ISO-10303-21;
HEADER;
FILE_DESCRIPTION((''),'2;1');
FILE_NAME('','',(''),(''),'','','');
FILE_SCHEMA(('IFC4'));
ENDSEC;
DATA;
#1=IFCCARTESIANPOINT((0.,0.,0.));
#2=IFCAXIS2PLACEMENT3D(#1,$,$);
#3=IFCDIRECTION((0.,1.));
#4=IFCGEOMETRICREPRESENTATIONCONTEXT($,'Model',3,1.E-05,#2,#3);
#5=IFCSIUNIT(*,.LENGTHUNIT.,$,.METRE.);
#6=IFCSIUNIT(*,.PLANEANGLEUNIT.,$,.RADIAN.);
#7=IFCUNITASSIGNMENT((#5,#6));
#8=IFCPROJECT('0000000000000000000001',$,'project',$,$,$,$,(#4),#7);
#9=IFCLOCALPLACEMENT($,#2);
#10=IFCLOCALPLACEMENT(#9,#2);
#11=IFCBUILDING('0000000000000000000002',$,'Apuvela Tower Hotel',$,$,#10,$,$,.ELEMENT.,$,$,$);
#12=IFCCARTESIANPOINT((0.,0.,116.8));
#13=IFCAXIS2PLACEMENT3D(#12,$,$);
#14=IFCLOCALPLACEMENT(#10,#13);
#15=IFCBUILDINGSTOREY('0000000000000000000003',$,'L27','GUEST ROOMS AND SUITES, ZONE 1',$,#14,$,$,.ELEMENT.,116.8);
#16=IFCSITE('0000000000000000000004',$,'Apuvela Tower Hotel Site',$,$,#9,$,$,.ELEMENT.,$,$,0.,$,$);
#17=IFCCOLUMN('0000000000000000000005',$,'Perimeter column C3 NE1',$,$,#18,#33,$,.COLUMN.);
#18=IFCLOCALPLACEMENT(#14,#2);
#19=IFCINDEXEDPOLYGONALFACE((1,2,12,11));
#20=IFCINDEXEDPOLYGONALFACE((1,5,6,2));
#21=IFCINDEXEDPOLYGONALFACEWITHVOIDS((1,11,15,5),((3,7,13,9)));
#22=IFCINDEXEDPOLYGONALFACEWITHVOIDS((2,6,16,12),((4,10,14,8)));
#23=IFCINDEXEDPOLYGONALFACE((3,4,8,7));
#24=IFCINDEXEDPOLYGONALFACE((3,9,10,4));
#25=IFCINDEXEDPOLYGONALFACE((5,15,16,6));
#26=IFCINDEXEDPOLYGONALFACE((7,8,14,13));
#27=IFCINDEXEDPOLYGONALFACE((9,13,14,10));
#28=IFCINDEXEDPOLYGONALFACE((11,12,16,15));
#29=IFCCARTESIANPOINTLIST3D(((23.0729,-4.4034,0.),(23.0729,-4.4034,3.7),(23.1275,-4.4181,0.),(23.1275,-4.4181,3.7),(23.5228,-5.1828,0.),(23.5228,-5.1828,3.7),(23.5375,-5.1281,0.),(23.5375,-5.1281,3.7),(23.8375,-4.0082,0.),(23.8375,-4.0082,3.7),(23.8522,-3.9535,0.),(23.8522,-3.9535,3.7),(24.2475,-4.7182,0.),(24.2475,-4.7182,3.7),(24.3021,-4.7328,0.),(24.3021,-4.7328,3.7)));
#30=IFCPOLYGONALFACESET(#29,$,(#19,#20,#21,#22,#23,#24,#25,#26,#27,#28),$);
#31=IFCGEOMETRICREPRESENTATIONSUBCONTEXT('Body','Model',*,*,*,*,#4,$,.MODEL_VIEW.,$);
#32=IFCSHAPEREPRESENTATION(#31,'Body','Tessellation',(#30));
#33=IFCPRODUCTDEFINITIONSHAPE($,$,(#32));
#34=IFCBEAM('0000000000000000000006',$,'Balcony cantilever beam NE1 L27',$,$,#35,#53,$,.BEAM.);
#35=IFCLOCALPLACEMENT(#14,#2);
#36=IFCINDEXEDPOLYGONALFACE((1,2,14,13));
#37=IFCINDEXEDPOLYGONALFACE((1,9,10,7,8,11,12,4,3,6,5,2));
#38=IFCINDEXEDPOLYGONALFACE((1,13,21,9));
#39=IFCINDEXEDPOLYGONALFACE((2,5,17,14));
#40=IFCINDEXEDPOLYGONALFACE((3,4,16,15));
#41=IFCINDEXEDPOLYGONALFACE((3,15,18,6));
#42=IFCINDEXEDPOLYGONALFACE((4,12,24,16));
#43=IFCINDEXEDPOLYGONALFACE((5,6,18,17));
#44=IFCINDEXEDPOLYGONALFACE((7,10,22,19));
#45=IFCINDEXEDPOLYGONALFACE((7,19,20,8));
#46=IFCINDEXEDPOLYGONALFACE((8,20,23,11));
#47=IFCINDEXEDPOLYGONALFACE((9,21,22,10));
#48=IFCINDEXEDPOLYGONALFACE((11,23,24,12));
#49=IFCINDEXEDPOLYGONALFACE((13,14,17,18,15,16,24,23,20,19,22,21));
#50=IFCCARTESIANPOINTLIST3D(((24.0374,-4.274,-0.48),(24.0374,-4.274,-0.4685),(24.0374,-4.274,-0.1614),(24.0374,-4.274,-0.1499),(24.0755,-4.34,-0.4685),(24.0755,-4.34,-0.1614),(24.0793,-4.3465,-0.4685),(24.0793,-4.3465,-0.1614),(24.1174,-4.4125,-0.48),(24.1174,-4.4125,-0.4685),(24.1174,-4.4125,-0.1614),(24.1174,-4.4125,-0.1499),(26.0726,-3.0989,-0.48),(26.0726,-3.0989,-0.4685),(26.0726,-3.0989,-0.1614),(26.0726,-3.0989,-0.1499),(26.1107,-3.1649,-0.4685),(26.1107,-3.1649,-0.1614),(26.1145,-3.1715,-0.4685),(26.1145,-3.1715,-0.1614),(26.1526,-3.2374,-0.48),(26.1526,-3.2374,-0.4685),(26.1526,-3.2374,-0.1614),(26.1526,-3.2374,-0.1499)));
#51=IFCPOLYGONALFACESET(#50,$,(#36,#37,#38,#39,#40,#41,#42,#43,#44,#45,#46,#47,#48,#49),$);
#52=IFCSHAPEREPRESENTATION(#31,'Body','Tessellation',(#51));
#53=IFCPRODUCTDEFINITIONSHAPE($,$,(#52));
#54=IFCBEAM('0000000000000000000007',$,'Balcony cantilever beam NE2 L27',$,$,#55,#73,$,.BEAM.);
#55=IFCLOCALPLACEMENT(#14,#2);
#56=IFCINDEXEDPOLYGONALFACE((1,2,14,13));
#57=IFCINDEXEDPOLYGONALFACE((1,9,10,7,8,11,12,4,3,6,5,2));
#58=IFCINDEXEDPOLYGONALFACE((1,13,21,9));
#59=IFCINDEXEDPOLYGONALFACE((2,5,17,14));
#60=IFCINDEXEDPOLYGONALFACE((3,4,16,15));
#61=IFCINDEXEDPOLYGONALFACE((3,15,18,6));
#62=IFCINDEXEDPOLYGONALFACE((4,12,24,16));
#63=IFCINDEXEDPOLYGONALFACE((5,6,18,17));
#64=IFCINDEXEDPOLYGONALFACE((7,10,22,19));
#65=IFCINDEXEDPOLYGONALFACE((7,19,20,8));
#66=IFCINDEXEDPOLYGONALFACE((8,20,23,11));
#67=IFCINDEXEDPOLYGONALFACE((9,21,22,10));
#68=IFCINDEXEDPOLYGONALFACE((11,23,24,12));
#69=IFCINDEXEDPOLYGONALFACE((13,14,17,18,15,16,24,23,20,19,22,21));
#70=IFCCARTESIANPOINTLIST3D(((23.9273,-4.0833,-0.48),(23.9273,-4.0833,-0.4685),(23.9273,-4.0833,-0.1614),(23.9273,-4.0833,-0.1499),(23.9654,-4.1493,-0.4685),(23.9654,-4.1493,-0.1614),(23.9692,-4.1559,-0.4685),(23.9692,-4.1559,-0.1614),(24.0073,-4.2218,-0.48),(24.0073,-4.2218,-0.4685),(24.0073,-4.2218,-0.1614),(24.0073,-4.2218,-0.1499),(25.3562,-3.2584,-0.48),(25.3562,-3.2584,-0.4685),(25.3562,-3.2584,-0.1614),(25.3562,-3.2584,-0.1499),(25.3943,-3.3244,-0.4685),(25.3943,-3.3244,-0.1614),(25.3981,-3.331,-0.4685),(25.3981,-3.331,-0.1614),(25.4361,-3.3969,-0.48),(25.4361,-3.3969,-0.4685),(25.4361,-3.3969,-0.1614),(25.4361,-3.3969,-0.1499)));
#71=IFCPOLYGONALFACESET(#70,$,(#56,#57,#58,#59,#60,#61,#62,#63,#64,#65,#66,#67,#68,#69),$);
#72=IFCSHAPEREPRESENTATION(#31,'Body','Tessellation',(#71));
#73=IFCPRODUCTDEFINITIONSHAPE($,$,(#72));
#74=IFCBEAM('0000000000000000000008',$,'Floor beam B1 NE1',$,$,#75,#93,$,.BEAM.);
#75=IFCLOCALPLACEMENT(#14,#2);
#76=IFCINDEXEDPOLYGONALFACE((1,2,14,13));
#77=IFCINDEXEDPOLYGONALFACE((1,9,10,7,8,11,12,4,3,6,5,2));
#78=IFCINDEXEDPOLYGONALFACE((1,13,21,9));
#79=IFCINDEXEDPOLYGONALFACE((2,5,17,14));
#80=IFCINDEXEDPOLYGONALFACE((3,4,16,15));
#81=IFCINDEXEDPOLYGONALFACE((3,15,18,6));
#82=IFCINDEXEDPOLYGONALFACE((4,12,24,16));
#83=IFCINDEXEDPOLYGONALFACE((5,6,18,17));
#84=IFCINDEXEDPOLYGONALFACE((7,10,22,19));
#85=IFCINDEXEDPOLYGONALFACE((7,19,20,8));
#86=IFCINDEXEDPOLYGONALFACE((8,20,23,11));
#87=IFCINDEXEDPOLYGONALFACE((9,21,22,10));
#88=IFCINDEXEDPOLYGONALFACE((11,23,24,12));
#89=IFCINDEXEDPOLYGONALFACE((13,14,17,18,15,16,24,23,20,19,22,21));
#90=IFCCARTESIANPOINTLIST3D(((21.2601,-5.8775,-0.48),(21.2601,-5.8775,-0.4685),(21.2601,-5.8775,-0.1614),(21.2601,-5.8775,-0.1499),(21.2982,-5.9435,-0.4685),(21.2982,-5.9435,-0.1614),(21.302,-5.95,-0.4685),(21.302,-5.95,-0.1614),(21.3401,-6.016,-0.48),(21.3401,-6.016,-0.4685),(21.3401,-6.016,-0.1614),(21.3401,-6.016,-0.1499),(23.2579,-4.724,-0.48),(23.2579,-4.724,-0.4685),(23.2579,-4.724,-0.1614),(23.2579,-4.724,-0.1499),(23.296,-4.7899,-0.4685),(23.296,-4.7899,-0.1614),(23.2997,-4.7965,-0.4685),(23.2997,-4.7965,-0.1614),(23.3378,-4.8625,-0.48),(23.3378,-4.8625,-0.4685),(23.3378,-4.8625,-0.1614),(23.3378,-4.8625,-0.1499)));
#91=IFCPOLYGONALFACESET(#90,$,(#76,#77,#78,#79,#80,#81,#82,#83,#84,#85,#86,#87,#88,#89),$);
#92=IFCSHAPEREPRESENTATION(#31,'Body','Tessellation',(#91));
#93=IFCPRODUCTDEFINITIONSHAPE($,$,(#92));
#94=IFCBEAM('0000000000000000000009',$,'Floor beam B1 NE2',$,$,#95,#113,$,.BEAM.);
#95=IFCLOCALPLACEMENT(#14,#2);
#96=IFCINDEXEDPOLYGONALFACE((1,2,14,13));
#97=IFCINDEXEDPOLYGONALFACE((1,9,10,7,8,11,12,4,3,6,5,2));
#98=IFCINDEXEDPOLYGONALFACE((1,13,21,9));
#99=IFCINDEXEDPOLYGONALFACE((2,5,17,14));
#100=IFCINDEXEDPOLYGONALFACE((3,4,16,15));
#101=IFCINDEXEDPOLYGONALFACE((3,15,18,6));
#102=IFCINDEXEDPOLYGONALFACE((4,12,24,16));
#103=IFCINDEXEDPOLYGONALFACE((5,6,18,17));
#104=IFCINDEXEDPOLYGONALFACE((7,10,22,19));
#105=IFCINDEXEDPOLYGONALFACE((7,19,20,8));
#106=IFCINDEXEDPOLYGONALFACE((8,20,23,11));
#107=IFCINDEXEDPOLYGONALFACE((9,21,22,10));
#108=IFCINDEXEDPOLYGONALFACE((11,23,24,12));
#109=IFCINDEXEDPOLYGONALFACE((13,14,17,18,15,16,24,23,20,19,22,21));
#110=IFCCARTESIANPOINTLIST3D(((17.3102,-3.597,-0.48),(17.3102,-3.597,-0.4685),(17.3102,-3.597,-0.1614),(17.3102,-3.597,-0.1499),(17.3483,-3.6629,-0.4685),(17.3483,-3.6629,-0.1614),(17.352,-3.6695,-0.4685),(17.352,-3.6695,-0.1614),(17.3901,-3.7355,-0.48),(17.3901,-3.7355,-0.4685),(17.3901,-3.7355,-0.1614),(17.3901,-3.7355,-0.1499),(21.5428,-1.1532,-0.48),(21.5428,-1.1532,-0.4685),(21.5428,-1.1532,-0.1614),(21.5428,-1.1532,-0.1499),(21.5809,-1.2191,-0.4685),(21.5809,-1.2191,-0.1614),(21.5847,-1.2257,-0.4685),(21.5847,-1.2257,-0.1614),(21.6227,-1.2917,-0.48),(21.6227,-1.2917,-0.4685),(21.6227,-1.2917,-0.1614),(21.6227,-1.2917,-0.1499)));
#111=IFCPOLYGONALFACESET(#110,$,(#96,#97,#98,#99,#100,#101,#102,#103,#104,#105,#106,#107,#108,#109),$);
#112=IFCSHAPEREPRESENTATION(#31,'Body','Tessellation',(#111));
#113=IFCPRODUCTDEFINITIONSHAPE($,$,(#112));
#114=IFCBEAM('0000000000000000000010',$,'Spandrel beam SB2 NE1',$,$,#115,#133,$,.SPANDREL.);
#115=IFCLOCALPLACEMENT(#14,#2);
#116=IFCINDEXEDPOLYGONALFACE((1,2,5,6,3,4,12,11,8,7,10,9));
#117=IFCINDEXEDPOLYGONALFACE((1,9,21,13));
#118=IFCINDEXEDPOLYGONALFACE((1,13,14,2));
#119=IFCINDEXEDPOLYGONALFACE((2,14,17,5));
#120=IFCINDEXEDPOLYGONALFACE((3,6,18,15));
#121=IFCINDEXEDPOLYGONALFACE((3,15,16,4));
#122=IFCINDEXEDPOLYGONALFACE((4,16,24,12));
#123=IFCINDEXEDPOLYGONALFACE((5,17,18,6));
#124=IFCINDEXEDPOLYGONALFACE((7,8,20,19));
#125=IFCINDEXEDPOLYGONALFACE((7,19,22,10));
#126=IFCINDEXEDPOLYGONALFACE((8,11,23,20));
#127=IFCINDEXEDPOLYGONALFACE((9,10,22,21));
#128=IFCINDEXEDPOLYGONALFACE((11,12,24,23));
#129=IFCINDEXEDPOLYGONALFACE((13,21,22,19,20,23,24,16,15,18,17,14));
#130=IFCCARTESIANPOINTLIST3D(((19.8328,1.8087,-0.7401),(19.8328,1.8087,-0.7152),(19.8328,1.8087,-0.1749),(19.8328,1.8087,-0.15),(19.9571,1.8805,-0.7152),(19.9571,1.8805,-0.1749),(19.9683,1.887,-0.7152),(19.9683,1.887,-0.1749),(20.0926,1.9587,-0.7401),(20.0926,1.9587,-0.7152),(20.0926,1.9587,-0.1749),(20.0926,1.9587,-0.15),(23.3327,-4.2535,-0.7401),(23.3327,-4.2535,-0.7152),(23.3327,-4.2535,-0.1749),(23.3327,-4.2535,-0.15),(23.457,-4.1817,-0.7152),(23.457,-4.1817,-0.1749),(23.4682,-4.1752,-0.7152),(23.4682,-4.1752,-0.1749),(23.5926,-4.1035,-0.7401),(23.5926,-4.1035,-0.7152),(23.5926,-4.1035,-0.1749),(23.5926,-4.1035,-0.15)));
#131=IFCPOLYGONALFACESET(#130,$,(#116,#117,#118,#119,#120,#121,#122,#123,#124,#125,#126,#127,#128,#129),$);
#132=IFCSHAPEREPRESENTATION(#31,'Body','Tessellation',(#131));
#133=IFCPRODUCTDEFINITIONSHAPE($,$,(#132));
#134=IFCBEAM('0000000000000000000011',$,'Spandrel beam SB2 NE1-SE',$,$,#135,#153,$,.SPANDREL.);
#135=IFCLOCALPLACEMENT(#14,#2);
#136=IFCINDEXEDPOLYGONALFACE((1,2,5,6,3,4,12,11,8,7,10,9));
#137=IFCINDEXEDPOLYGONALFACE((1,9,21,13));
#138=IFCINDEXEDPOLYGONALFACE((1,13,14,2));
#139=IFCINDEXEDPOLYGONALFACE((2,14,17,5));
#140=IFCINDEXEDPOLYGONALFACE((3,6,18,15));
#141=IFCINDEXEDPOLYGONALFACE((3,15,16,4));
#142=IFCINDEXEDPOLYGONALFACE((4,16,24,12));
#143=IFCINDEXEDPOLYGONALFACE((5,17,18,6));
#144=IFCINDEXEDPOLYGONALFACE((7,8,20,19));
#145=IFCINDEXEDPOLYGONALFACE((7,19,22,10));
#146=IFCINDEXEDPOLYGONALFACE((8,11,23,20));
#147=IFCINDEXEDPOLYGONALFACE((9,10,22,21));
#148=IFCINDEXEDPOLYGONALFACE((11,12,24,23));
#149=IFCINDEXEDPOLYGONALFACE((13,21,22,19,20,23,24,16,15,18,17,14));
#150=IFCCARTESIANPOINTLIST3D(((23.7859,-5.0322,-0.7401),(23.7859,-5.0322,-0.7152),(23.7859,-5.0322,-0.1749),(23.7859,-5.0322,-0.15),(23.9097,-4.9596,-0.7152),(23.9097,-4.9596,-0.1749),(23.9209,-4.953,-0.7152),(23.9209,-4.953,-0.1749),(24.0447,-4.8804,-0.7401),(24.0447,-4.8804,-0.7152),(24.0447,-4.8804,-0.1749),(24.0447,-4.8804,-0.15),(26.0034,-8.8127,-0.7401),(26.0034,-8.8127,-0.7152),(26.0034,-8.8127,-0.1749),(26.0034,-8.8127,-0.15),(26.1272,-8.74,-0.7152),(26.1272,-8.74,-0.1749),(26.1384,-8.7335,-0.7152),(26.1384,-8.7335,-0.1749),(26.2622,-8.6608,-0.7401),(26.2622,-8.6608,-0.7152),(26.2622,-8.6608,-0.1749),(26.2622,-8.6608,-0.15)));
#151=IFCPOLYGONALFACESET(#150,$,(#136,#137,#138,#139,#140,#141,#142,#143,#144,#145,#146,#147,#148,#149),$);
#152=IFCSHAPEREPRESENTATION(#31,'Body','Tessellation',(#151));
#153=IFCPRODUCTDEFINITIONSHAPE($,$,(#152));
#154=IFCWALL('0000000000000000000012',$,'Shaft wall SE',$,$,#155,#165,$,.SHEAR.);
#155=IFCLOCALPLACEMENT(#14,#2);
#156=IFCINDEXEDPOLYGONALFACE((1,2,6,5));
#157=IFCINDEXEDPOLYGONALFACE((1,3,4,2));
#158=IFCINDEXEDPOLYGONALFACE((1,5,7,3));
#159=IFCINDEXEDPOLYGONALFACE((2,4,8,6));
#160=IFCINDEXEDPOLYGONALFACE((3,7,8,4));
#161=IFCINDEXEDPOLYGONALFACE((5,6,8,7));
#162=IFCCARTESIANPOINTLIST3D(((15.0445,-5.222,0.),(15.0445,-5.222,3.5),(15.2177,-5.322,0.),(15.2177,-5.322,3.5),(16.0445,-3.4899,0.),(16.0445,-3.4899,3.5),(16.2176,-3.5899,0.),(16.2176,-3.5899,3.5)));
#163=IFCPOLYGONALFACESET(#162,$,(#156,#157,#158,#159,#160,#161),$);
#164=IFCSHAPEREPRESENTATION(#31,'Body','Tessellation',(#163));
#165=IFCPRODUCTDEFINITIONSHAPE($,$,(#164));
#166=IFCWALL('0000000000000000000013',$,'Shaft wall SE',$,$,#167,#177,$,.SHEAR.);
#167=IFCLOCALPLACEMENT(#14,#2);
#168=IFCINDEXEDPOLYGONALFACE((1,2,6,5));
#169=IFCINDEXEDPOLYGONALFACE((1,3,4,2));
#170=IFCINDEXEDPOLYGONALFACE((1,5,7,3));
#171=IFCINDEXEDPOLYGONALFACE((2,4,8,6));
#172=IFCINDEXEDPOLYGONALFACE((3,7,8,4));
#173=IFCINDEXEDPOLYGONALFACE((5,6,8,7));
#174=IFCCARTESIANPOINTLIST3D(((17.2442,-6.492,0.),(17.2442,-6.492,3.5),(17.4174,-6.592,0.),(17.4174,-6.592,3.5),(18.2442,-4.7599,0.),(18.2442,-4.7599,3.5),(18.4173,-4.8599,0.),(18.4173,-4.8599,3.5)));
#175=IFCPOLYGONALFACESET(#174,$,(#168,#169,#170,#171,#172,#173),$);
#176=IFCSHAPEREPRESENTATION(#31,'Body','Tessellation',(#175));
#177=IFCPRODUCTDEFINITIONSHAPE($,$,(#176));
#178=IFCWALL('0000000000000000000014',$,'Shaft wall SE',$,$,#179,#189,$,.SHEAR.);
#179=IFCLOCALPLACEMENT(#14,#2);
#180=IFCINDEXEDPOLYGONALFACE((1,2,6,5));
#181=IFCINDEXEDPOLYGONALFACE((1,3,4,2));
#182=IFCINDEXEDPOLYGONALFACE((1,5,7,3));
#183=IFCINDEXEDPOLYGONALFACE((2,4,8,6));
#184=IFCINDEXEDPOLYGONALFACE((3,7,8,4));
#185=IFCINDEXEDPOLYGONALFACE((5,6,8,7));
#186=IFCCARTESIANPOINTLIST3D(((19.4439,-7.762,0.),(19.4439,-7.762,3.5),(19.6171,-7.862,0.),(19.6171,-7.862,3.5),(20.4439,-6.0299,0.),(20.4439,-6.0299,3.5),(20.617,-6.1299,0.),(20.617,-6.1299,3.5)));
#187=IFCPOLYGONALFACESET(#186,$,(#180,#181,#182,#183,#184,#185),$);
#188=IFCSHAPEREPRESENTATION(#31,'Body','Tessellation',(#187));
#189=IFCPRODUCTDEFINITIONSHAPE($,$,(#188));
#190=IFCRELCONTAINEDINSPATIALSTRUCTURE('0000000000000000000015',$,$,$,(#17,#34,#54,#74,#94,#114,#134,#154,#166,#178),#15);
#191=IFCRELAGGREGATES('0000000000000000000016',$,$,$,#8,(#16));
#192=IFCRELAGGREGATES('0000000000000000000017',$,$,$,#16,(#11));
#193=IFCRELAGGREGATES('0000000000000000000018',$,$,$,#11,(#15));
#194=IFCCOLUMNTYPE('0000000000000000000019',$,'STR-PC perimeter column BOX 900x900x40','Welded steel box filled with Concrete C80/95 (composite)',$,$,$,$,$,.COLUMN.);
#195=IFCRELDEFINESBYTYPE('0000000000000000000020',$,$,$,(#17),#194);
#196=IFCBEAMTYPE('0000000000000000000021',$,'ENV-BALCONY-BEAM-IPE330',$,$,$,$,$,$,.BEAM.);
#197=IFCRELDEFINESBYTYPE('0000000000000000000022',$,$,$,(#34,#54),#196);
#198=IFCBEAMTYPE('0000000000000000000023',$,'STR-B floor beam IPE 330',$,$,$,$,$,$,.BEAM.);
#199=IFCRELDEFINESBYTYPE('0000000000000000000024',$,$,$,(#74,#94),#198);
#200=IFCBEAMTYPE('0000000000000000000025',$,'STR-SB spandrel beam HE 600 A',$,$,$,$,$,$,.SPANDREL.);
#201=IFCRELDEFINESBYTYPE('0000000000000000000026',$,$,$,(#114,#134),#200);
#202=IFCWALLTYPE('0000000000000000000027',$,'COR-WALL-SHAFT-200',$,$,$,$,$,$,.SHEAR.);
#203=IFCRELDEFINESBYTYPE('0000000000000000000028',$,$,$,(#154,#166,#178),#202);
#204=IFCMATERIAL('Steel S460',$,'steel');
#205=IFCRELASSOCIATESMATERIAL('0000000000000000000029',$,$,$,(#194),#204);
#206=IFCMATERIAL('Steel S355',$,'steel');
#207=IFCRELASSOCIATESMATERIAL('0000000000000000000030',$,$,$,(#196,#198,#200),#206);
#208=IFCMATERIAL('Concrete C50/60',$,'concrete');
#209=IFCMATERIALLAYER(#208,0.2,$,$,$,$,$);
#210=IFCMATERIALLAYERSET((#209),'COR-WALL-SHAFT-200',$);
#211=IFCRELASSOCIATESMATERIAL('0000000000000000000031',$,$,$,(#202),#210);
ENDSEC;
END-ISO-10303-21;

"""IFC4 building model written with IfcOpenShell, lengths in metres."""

from ifc_helpers import new_model, si_unit, direction, frame, frame_2d, origin, origin_2d, place, context, subcontext, project, spatial, rectangle, hollow_rectangle, i_section, extrude, material, layer, layer_set, material_profile, profile_set, type_object, element, save


model = new_model("IFC4")

# Units and contexts
model_context = context("Model", 3, precision=1e-05, world=origin(), true_north=direction((0.0, 1.0)))
body_context = subcontext(model_context, "Body", "Model", "MODEL_VIEW")
ifc_project = project(units=[si_unit("LENGTHUNIT", "METRE"), si_unit("PLANEANGLEUNIT", "RADIAN")], contexts=[model_context])

# Site, building, storey
site_placement = place(None, origin())
site = spatial("IfcSite", under=ifc_project, at=site_placement, Name="Apuvela Tower Hotel Site", CompositionType="ELEMENT", RefElevation=0.0)
building_placement = place(site_placement, origin())
building = spatial("IfcBuilding", under=site, at=building_placement, Name="Apuvela Tower Hotel", CompositionType="ELEMENT")
storey_placement = place(building_placement, frame((0.0, 0.0, 116.8)))
storey = spatial("IfcBuildingStorey", under=building, at=storey_placement, Name="L27", Description="GUEST ROOMS AND SUITES, ZONE 1", CompositionType="ELEMENT", Elevation=116.8)

# Column
ifc_material_1 = material(Name="Steel S460", Category="steel")
ifc_material_profile_1 = material_profile(ifc_material_1, hollow_rectangle(XDim=0.8999, YDim=0.8999, WallThickness=0.04, at=origin_2d()), Name="BOX 900x900x40")
ifc_material_2 = material(Name="Concrete C80/95", Category="concrete")
ifc_material_profile_2 = material_profile(ifc_material_2, rectangle(XDim=0.8201, YDim=0.8201, at=origin_2d()), Name="Concrete C80/95 infill")
ifc_profile_set_1 = profile_set([ifc_material_profile_1, ifc_material_profile_2], Name="Steel S460")
column_type = type_object("IfcColumnType", Name="STR-PC perimeter column BOX 900x900x40", Description="Welded steel box filled with Concrete C80/95 (composite)", PredefinedType="COLUMN", material=ifc_profile_set_1)
column_placement = place(storey_placement, frame((23.6875, -4.5681, 0.0), z_axis=(0.0, 0.0, 1.0), x_axis=(-0.5, 0.866025, 0.0)))
element("IfcColumn", 1, at=column_placement, inside=storey, type_object=column_type, Name="Perimeter column C3 NE1", PredefinedType="COLUMN", context=body_context, shape_type="SweptSolid", body=[
    extrude(hollow_rectangle(XDim=0.8999, YDim=0.8999, WallThickness=0.04, at=origin_2d()), origin(), (0.0, 0.0, 1.0), 3.7),
])

# Beams
ifc_material_3 = material(Name="Steel S355", Category="steel")
ifc_material_profile_3 = material_profile(ifc_material_3, i_section(OverallWidth=0.1599, OverallDepth=0.3301, WebThickness=0.0076, FlangeThickness=0.0115, at=origin_2d()), Name="IPE 330")
ifc_profile_set_2 = profile_set([ifc_material_profile_3], Name="Steel S355")
beam_type_1 = type_object("IfcBeamType", Name="ENV-BALCONY-BEAM-IPE330", PredefinedType="BEAM", material=ifc_profile_set_2)
beam_1_placement = place(storey_placement, frame((24.0774, -4.3433, -0.3149), z_axis=(0.866016, 0.500016, 0.0), x_axis=(-0.500016, 0.866016, 0.0)))
element("IfcBeam", 2, at=beam_1_placement, inside=storey, type_object=beam_type_1, Name="Balcony cantilever beam NE1 L27", PredefinedType="BEAM", context=body_context, shape_type="SweptSolid", body=[
    extrude(i_section(OverallWidth=0.1599, OverallDepth=0.3301, WebThickness=0.0076, FlangeThickness=0.0115, at=origin_2d()), origin(), (0.0, 0.0, 1.0), 2.3501),
])
beam_2_placement = place(storey_placement, frame((23.9673, -4.1526, -0.3149), z_axis=(0.86604, 0.499974, 0.0), x_axis=(-0.499974, 0.86604, 0.0)))
element("IfcBeam", 3, at=beam_2_placement, inside=storey, type_object=beam_type_1, Name="Balcony cantilever beam NE2 L27", PredefinedType="BEAM", context=body_context, shape_type="SweptSolid", body=[
    extrude(i_section(OverallWidth=0.1599, OverallDepth=0.3301, WebThickness=0.0076, FlangeThickness=0.0115, at=origin_2d()), origin(), (0.0, 0.0, 1.0), 1.6499),
])
ifc_material_profile_4 = material_profile(ifc_material_3, i_section(OverallWidth=0.1599, OverallDepth=0.3301, WebThickness=0.0076, FlangeThickness=0.0115, at=origin_2d()), Name="IPE 330")
ifc_profile_set_3 = profile_set([ifc_material_profile_4], Name="Steel S355")
beam_type_2 = type_object("IfcBeamType", Name="STR-B floor beam IPE 330", PredefinedType="BEAM", material=ifc_profile_set_3)
beam_3_placement = place(storey_placement, frame((23.2979, -4.7932, -0.3149), z_axis=(-0.866001, -0.500043, 0.0), x_axis=(0.500043, -0.866001, 0.0)))
element("IfcBeam", 4, at=beam_3_placement, inside=storey, type_object=beam_type_2, Name="Floor beam B1 NE1", PredefinedType="BEAM", context=body_context, shape_type="SweptSolid", body=[
    extrude(i_section(OverallWidth=0.1599, OverallDepth=0.3301, WebThickness=0.0076, FlangeThickness=0.0115, at=origin_2d()), origin(), (0.0, 0.0, 1.0), 2.3069),
])
beam_4_placement = place(storey_placement, frame((21.5828, -1.2224, -0.3149), z_axis=(-0.866015, -0.500018, 0.0), x_axis=(0.500018, -0.866015, 0.0)))
element("IfcBeam", 5, at=beam_4_placement, inside=storey, type_object=beam_type_2, Name="Floor beam B1 NE2", PredefinedType="BEAM", context=body_context, shape_type="SweptSolid", body=[
    extrude(i_section(OverallWidth=0.1599, OverallDepth=0.3301, WebThickness=0.0076, FlangeThickness=0.0115, at=origin_2d()), origin(), (0.0, 0.0, 1.0), 4.8875),
])
ifc_material_profile_5 = material_profile(ifc_material_3, i_section(OverallWidth=0.3, OverallDepth=0.5901, WebThickness=0.0129, FlangeThickness=0.0249, at=origin_2d()), Name="HE 600 A")
ifc_profile_set_4 = profile_set([ifc_material_profile_5], Name="Steel S355")
beam_type_3 = type_object("IfcBeamType", Name="STR-SB spandrel beam HE 600 A", PredefinedType="SPANDREL", material=ifc_profile_set_4)
beam_5_placement = place(storey_placement, frame((23.4626, -4.1785, -0.4451), z_axis=(-0.499995, 0.866028, 0.0), x_axis=(-0.866028, -0.499995, 0.0)))
element("IfcBeam", 6, at=beam_5_placement, inside=storey, type_object=beam_type_3, Name="Spandrel beam SB2 NE1", PredefinedType="SPANDREL", context=body_context, shape_type="SweptSolid", body=[
    extrude(i_section(OverallWidth=0.3, OverallDepth=0.5901, WebThickness=0.0129, FlangeThickness=0.0249, at=origin_2d()), origin(), (0.0, 0.0, 1.0), 7.0),
])
beam_6_placement = place(storey_placement, frame((23.9153, -4.9563, -0.4451), z_axis=(0.505951, -0.862562, 0.0), x_axis=(0.862562, 0.505951, 0.0)))
element("IfcBeam", 7, at=beam_6_placement, inside=storey, type_object=beam_type_3, Name="Spandrel beam SB2 NE1-SE", PredefinedType="SPANDREL", context=body_context, shape_type="SweptSolid", body=[
    extrude(i_section(OverallWidth=0.3, OverallDepth=0.5901, WebThickness=0.0129, FlangeThickness=0.0249, at=origin_2d()), origin(), (0.0, 0.0, 1.0), 4.3828),
])

# Walls
ifc_material_4 = material(Name="Concrete C50/60", Category="concrete")
ifc_layer_1 = layer(ifc_material_4, 0.2)
ifc_layer_set_1 = layer_set([ifc_layer_1], Name="COR-WALL-SHAFT-200")
wall_type_1 = type_object("IfcWallType", Name="COR-WALL-SHAFT-200", PredefinedType="SHEAR", material=ifc_layer_set_1)
for number, where, z_axis, x_axis, name in (
    (8, (15.1311, -5.272, 0.0), (0.0, 0.0, 1.0), (0.499973, 0.866041, 0.0), "Shaft wall SE"),
    (9, (17.3308, -6.542, 0.0), (0.0, 0.0, 1.0), (0.499973, 0.866041, 0.0), "Shaft wall SE"),
    (10, (19.5305, -7.812, 0.0), (0.0, 0.0, 1.0), (0.499973, 0.866041, 0.0), "Shaft wall SE"),
):
    element("IfcWall", number, at=place(storey_placement, frame(where, z_axis=z_axis, x_axis=x_axis)), inside=storey, type_object=wall_type_1, Name=name, PredefinedType="SHEAR", context=body_context, shape_type="SweptSolid", body=[
        extrude(rectangle(XDim=2.0, YDim=0.2, at=frame_2d((1.0, 0.0))), origin(), (0.0, 0.0, 1.0), 3.5),
    ])

save(model, "model.ifc")
